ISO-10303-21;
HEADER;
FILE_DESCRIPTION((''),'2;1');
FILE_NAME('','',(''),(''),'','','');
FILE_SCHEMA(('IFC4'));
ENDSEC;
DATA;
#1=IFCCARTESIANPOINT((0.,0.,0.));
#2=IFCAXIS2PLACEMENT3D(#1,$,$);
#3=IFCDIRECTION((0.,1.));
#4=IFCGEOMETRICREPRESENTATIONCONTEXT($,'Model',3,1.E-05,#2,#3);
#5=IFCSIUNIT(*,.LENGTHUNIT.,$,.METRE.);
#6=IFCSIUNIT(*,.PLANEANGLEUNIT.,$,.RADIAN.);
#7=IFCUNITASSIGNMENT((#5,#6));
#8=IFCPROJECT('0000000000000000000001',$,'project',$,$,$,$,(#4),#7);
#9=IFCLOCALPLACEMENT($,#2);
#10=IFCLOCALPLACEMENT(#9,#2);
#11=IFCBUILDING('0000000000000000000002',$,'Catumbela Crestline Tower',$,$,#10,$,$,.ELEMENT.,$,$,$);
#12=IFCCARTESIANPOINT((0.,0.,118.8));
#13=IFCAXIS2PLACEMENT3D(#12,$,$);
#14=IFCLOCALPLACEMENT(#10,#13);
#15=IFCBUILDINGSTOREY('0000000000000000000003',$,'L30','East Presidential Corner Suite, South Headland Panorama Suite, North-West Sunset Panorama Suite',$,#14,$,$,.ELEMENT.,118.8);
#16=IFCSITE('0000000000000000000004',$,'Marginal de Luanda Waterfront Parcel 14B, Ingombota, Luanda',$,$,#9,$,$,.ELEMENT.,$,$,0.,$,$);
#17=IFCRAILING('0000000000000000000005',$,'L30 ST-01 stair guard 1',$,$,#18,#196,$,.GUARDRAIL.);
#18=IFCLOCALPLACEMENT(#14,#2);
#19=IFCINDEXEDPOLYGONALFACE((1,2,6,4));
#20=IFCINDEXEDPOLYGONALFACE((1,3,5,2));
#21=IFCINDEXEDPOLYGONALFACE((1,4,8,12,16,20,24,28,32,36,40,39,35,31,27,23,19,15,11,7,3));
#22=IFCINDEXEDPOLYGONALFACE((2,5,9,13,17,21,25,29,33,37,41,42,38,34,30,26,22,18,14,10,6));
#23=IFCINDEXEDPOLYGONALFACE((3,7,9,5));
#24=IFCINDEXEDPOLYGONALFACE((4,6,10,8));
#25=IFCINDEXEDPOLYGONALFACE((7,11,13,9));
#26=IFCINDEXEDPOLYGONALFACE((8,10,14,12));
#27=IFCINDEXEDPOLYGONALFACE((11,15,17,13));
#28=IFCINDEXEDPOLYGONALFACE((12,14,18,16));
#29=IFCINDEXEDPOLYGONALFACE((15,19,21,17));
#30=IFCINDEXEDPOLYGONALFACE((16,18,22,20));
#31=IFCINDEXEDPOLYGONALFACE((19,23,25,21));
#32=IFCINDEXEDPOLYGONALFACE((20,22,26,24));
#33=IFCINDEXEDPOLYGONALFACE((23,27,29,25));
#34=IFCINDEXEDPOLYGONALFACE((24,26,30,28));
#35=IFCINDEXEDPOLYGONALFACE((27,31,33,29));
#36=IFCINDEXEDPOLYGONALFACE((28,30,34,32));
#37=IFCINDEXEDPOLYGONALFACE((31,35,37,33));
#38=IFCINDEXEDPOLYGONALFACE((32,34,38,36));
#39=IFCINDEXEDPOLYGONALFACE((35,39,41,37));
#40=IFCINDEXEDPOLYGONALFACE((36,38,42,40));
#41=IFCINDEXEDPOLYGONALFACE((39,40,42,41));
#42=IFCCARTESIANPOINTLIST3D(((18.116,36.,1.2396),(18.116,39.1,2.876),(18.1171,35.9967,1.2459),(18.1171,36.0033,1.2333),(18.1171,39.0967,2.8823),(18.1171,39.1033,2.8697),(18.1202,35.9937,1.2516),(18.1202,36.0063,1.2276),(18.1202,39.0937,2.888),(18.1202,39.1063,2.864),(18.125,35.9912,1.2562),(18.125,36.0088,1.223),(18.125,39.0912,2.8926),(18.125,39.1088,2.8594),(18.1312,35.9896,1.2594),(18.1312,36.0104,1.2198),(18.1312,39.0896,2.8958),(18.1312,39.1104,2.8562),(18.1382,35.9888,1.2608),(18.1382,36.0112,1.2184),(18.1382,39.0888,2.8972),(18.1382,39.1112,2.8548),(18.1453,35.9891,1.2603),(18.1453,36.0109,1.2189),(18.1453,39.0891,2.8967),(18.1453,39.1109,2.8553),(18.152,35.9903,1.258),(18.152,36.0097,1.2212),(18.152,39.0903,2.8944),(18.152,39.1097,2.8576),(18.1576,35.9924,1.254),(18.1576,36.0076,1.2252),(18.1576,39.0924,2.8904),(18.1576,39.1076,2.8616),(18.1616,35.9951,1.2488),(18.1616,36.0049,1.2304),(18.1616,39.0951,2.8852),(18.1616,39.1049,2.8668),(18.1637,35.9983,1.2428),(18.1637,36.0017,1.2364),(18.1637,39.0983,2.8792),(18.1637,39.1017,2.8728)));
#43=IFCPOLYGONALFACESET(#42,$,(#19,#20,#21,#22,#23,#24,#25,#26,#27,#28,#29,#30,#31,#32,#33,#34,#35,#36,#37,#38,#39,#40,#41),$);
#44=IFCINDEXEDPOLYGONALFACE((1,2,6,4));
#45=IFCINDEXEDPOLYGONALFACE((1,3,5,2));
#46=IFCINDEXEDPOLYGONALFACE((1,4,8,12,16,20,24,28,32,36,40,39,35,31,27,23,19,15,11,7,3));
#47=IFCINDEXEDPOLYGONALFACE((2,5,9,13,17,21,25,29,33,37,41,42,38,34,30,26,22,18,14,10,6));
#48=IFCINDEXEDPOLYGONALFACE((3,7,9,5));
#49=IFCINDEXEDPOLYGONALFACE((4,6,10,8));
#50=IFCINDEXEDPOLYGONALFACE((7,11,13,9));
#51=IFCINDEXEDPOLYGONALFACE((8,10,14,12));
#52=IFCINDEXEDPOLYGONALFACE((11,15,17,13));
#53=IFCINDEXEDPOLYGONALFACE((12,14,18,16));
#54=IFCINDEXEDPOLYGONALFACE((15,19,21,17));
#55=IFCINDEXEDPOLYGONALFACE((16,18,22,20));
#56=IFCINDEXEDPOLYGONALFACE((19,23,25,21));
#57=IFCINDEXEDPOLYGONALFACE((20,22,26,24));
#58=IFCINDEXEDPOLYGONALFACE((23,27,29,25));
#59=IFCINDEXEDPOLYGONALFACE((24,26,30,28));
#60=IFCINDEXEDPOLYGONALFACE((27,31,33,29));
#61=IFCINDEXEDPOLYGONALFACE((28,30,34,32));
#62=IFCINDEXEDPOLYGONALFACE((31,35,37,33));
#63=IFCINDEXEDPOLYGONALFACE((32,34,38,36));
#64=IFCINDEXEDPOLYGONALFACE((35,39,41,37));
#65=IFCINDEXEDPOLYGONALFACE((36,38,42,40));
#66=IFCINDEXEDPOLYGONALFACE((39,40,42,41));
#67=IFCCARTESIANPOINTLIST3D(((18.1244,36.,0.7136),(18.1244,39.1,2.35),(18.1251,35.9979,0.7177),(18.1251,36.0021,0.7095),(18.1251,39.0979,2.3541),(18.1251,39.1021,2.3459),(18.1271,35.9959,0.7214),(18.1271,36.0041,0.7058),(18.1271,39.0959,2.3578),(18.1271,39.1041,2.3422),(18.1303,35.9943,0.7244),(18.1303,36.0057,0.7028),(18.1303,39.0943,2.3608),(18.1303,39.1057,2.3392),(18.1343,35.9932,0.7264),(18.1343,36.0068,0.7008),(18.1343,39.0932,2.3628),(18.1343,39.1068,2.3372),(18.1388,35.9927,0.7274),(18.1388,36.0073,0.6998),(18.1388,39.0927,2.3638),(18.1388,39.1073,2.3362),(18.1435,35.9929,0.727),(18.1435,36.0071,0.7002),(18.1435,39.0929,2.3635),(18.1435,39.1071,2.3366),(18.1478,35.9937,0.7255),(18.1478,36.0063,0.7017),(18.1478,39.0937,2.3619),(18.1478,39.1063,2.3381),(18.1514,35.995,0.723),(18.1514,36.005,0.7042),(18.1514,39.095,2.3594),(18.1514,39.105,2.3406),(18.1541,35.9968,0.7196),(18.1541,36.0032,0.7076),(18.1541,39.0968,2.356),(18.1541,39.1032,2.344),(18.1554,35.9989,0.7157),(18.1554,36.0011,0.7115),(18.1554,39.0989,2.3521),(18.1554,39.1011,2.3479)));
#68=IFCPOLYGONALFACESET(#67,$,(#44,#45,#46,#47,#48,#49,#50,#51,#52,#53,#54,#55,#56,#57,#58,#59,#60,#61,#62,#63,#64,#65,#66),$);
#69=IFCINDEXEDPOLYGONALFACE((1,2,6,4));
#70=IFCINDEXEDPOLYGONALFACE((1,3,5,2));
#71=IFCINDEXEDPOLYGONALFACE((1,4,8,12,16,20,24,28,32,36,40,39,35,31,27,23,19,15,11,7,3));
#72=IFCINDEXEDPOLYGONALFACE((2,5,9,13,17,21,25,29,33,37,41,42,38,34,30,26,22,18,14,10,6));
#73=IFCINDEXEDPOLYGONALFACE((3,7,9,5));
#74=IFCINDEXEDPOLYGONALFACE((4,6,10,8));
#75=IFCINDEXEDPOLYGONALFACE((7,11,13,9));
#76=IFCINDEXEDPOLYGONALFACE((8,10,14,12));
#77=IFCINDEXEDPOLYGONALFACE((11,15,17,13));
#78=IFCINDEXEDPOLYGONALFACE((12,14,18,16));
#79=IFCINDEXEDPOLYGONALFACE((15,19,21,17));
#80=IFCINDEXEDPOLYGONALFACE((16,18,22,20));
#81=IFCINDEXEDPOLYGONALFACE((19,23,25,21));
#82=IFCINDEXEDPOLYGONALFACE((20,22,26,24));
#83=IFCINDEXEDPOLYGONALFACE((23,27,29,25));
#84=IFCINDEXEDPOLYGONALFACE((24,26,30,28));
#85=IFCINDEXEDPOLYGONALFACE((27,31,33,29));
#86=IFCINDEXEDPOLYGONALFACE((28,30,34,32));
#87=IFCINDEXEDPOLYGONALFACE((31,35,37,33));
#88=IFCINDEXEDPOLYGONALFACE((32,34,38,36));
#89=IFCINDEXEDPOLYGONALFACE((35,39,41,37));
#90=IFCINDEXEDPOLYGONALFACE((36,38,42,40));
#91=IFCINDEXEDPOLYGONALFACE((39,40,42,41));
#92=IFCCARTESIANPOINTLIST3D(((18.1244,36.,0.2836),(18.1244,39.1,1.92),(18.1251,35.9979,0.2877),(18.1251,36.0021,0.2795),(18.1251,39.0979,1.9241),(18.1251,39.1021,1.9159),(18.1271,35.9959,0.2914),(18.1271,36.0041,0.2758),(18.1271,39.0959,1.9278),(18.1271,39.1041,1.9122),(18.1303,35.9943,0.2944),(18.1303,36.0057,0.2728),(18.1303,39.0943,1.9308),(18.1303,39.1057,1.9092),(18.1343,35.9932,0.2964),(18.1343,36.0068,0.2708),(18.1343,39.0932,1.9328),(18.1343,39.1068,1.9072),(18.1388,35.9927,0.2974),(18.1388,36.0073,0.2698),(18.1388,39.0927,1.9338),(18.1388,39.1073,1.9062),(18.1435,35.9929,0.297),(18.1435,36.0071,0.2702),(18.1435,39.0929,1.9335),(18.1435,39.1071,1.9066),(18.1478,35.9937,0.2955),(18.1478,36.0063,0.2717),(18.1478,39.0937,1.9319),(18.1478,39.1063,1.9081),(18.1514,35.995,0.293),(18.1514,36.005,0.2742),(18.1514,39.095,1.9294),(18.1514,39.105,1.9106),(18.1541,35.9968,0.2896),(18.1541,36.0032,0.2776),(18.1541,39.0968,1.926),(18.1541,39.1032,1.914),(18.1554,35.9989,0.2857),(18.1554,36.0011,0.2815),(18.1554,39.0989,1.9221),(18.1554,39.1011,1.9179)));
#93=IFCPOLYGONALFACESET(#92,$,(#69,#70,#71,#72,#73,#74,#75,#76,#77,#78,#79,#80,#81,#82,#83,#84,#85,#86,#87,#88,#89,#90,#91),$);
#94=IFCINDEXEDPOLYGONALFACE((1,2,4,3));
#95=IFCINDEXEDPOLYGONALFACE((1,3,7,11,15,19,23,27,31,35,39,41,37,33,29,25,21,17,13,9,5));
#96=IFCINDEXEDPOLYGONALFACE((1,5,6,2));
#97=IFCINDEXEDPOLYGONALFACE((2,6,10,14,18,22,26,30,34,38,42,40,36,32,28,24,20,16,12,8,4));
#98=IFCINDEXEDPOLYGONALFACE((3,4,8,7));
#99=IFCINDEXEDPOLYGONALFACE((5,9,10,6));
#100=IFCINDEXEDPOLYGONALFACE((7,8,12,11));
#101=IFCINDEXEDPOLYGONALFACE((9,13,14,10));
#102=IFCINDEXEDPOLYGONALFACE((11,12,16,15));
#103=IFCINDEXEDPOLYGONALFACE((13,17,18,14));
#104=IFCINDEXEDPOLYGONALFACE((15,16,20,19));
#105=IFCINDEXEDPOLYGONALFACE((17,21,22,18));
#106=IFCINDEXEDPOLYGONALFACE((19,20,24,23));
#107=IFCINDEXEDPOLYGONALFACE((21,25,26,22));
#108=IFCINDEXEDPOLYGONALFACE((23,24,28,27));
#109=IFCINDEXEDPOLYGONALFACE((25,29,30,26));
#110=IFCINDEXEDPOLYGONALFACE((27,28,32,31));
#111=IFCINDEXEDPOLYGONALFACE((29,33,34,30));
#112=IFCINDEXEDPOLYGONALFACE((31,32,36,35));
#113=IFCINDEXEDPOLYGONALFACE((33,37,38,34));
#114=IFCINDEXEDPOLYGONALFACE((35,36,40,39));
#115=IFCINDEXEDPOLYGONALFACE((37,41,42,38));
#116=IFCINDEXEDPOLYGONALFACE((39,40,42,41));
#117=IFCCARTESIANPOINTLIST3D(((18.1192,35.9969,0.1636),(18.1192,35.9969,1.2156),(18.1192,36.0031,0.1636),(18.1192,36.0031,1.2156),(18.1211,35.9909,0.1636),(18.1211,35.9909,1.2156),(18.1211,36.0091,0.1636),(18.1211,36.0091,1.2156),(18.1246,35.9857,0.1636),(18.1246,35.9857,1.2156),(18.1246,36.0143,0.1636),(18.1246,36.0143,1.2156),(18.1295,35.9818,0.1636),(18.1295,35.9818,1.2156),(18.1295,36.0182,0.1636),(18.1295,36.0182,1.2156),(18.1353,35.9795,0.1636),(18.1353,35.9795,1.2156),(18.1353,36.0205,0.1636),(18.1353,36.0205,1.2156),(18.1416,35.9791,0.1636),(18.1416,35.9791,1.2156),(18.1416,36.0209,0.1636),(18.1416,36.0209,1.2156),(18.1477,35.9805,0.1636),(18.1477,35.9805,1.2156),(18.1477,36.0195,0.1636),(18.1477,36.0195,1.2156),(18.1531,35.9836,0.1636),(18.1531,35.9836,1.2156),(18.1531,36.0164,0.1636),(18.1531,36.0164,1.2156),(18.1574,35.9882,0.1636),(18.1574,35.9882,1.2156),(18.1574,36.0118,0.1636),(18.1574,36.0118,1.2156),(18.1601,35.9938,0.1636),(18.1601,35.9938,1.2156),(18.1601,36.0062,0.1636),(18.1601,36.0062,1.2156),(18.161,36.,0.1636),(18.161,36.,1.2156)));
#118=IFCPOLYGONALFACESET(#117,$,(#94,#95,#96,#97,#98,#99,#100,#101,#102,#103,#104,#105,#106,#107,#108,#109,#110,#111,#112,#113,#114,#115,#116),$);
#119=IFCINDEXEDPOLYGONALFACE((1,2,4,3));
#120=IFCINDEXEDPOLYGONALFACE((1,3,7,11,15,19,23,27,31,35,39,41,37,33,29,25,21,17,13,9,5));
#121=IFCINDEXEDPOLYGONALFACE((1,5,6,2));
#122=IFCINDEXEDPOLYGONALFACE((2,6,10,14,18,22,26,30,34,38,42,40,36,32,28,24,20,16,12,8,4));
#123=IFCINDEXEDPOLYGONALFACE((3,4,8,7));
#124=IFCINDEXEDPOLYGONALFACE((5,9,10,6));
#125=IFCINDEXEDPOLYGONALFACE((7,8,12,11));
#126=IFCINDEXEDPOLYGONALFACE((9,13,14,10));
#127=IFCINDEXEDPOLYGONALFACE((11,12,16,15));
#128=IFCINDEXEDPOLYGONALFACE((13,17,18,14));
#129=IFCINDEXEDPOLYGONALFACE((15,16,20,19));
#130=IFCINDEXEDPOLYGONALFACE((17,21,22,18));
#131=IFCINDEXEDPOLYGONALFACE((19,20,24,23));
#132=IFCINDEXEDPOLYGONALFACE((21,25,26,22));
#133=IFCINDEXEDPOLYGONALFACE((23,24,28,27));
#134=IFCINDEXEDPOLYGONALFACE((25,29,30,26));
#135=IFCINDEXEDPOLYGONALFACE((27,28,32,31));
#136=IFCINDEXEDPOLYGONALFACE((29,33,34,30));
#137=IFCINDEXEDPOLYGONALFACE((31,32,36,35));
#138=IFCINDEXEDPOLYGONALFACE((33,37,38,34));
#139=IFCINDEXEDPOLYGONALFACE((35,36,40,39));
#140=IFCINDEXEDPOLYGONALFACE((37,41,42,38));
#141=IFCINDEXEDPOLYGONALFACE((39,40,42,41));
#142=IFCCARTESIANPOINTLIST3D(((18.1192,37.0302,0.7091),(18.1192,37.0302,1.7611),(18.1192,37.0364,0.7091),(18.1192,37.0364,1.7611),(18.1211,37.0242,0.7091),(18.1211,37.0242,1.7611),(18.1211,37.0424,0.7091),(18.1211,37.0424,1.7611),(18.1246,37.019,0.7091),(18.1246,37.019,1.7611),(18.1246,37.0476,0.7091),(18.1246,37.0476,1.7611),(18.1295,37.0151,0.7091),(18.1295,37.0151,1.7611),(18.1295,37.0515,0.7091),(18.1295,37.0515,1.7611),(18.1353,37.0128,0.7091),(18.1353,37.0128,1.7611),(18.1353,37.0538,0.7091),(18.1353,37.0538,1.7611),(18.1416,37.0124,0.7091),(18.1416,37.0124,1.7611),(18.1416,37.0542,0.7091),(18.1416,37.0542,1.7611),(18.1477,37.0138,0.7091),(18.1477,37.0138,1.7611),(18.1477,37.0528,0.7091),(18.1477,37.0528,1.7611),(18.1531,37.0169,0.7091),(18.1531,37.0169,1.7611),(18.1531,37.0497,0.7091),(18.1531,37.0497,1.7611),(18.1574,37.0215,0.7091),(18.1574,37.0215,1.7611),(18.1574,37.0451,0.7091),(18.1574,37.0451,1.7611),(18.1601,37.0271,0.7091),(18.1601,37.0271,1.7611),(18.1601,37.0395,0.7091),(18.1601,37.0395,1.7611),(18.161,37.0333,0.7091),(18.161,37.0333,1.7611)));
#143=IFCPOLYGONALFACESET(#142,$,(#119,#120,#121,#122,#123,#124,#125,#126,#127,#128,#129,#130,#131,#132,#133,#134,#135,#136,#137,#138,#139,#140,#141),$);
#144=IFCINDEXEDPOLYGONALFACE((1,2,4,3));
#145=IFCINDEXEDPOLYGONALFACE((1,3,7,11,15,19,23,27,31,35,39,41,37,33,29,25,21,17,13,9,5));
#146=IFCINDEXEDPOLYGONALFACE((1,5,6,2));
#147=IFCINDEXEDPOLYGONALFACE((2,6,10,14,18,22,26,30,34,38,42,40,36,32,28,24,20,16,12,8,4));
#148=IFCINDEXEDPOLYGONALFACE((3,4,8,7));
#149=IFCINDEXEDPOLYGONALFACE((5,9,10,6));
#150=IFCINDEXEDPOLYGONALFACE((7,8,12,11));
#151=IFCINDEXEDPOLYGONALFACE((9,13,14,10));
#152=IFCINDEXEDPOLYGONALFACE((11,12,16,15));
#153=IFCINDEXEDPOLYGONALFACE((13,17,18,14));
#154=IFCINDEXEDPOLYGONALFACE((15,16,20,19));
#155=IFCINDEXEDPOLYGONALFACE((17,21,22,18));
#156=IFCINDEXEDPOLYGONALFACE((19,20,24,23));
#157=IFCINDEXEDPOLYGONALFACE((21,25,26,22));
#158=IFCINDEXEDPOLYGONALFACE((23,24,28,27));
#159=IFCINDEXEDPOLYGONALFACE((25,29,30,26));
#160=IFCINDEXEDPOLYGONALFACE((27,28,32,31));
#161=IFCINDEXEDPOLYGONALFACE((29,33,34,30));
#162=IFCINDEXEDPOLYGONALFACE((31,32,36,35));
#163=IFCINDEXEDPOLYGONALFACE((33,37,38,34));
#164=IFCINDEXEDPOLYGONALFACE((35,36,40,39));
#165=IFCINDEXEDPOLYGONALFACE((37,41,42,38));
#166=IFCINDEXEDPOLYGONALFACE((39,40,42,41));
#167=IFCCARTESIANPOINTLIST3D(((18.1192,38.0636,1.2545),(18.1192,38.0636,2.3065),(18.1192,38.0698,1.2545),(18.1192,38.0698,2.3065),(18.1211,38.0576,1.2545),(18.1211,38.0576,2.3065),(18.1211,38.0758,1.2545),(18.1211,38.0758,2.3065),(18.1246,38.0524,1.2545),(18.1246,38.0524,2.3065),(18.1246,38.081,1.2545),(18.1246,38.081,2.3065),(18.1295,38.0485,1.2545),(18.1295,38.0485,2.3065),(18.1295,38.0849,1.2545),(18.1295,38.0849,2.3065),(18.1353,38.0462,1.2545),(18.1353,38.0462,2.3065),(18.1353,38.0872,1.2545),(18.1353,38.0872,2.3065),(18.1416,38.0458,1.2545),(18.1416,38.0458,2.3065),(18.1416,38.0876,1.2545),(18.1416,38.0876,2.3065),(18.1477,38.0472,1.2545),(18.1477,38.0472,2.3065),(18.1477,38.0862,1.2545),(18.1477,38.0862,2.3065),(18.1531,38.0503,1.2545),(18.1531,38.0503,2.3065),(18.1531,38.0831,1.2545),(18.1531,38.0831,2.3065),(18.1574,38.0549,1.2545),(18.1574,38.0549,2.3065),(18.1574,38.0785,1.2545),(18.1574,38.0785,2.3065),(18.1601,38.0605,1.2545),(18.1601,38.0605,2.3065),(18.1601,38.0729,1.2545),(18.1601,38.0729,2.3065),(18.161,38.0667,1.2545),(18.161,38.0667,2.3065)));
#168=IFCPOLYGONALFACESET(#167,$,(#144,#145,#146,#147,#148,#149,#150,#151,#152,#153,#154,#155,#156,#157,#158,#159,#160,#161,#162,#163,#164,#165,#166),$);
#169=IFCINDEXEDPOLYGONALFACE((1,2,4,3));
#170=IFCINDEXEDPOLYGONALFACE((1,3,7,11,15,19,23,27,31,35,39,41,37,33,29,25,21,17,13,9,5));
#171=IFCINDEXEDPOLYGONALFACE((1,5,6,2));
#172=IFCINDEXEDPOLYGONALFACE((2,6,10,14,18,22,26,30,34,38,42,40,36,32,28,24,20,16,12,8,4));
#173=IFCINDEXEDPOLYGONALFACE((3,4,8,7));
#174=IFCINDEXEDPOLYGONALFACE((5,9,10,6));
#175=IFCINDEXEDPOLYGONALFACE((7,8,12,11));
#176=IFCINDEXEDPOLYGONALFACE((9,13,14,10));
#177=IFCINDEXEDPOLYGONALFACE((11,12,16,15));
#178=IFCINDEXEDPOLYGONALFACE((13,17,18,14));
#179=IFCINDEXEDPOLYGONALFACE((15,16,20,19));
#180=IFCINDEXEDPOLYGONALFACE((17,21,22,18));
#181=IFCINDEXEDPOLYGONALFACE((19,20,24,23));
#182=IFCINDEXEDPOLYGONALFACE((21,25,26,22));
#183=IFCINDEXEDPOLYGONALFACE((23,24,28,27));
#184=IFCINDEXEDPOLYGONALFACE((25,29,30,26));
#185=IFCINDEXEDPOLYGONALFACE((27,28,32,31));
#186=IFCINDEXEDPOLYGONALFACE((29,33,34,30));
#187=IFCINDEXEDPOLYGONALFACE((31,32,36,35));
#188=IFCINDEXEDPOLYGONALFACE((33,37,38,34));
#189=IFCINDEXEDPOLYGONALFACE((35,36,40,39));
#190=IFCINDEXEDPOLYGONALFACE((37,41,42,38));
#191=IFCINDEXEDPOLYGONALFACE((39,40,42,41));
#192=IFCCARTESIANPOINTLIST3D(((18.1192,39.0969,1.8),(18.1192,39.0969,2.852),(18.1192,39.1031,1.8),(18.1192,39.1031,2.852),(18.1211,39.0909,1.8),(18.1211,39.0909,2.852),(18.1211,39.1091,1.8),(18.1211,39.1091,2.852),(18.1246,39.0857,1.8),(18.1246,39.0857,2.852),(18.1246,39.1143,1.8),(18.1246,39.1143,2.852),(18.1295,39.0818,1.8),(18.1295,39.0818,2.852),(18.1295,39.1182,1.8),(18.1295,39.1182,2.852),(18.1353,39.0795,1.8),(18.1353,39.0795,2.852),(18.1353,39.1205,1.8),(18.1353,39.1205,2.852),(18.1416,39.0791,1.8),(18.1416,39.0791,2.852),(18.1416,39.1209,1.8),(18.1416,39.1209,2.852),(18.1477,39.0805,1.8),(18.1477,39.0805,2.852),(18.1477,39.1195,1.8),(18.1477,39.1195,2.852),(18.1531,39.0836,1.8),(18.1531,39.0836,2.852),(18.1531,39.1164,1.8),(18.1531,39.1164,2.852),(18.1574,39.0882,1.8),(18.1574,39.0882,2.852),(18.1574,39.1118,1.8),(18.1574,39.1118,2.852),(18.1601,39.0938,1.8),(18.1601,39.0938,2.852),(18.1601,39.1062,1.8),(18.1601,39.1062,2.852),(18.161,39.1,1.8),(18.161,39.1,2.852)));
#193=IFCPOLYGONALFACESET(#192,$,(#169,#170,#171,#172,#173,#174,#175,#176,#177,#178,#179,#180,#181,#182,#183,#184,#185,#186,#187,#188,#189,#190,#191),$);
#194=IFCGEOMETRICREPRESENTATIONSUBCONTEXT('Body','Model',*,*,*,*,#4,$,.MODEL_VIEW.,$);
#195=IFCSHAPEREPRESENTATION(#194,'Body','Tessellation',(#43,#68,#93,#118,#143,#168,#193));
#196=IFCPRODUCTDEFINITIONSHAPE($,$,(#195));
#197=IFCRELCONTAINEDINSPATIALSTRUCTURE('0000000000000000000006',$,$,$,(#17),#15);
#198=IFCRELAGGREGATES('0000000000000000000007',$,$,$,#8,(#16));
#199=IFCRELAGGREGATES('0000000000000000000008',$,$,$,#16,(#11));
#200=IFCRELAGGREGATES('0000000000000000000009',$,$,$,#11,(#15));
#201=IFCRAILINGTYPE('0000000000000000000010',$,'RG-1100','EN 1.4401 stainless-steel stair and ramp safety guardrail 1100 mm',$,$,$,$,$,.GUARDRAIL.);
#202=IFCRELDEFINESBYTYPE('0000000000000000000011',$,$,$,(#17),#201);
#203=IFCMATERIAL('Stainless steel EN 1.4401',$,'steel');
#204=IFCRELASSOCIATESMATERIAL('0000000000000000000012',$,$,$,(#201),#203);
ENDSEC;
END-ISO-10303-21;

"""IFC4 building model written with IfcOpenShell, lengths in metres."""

from ifc_helpers import new_model, si_unit, direction, frame, origin, origin_2d, place, context, subcontext, project, spatial, circle, extrude, material, type_object, element, save


model = new_model("IFC4")

# Units and contexts
model_context = context("Model", 3, precision=1e-05, world=origin(), true_north=direction((0.0, 1.0)))
body_context = subcontext(model_context, "Body", "Model", "MODEL_VIEW")
ifc_project = project(units=[si_unit("LENGTHUNIT", "METRE"), si_unit("PLANEANGLEUNIT", "RADIAN")], contexts=[model_context])

# Site, building, storey
site_placement = place(None, origin())
site = spatial("IfcSite", under=ifc_project, at=site_placement, Name="Marginal de Luanda Waterfront Parcel 14B, Ingombota, Luanda", CompositionType="ELEMENT", RefElevation=0.0)
building_placement = place(site_placement, origin())
building = spatial("IfcBuilding", under=site, at=building_placement, Name="Catumbela Crestline Tower", CompositionType="ELEMENT")
storey_placement = place(building_placement, frame((0.0, 0.0, 118.8)))
storey = spatial("IfcBuildingStorey", under=building, at=storey_placement, Name="L30", Description="East Presidential Corner Suite, South Headland Panorama Suite, North-West Sunset Panorama Suite", CompositionType="ELEMENT", Elevation=118.8)

# Shared definitions
ifc_material_1 = material(Name="Stainless steel EN 1.4401", Category="steel")

# Railing
railing_type_1 = type_object("IfcRailingType", Name="RG-1100", Description="EN 1.4401 stainless-steel stair and ramp safety guardrail 1100 mm", PredefinedType="GUARDRAIL", material=ifc_material_1)
railing_1_placement = place(storey_placement, frame((18.14, 36.0, 0.1636)))
element("IfcRailing", 1, at=railing_1_placement, inside=storey, type_object=railing_type_1, Name="L30 ST-01 stair guard 1", PredefinedType="GUARDRAIL", context=body_context, shape_type="SweptSolid", body=[
    extrude(circle(Radius=0.024, at=origin_2d()), frame((0.0, 0.0, 1.076), z_axis=(0.0, 0.884351, 0.466823), x_axis=(-1.0, 0.0, 0.0)), (0.0, 0.0, 1.0), 3.5054),
    extrude(circle(Radius=0.0156, at=origin_2d()), frame((0.0, 0.0, 0.55), z_axis=(0.0, 0.884351, 0.466823), x_axis=(-1.0, 0.0, 0.0)), (0.0, 0.0, 1.0), 3.5054),
    extrude(circle(Radius=0.0156, at=origin_2d()), frame((0.0, 0.0, 0.12), z_axis=(0.0, 0.884351, 0.466823), x_axis=(-1.0, 0.0, 0.0)), (0.0, 0.0, 1.0), 3.5054),
    extrude(circle(Radius=0.021, at=origin_2d()), origin(), (0.0, 0.0, 1.0), 1.052),
    extrude(circle(Radius=0.021, at=origin_2d()), frame((0.0, 1.0333, 0.5455)), (0.0, 0.0, 1.0), 1.052),
    extrude(circle(Radius=0.021, at=origin_2d()), frame((0.0, 2.0667, 1.0909)), (0.0, 0.0, 1.0), 1.052),
    extrude(circle(Radius=0.021, at=origin_2d()), frame((0.0, 3.1, 1.6364)), (0.0, 0.0, 1.0), 1.052),
])

save(model, "model.ifc")
